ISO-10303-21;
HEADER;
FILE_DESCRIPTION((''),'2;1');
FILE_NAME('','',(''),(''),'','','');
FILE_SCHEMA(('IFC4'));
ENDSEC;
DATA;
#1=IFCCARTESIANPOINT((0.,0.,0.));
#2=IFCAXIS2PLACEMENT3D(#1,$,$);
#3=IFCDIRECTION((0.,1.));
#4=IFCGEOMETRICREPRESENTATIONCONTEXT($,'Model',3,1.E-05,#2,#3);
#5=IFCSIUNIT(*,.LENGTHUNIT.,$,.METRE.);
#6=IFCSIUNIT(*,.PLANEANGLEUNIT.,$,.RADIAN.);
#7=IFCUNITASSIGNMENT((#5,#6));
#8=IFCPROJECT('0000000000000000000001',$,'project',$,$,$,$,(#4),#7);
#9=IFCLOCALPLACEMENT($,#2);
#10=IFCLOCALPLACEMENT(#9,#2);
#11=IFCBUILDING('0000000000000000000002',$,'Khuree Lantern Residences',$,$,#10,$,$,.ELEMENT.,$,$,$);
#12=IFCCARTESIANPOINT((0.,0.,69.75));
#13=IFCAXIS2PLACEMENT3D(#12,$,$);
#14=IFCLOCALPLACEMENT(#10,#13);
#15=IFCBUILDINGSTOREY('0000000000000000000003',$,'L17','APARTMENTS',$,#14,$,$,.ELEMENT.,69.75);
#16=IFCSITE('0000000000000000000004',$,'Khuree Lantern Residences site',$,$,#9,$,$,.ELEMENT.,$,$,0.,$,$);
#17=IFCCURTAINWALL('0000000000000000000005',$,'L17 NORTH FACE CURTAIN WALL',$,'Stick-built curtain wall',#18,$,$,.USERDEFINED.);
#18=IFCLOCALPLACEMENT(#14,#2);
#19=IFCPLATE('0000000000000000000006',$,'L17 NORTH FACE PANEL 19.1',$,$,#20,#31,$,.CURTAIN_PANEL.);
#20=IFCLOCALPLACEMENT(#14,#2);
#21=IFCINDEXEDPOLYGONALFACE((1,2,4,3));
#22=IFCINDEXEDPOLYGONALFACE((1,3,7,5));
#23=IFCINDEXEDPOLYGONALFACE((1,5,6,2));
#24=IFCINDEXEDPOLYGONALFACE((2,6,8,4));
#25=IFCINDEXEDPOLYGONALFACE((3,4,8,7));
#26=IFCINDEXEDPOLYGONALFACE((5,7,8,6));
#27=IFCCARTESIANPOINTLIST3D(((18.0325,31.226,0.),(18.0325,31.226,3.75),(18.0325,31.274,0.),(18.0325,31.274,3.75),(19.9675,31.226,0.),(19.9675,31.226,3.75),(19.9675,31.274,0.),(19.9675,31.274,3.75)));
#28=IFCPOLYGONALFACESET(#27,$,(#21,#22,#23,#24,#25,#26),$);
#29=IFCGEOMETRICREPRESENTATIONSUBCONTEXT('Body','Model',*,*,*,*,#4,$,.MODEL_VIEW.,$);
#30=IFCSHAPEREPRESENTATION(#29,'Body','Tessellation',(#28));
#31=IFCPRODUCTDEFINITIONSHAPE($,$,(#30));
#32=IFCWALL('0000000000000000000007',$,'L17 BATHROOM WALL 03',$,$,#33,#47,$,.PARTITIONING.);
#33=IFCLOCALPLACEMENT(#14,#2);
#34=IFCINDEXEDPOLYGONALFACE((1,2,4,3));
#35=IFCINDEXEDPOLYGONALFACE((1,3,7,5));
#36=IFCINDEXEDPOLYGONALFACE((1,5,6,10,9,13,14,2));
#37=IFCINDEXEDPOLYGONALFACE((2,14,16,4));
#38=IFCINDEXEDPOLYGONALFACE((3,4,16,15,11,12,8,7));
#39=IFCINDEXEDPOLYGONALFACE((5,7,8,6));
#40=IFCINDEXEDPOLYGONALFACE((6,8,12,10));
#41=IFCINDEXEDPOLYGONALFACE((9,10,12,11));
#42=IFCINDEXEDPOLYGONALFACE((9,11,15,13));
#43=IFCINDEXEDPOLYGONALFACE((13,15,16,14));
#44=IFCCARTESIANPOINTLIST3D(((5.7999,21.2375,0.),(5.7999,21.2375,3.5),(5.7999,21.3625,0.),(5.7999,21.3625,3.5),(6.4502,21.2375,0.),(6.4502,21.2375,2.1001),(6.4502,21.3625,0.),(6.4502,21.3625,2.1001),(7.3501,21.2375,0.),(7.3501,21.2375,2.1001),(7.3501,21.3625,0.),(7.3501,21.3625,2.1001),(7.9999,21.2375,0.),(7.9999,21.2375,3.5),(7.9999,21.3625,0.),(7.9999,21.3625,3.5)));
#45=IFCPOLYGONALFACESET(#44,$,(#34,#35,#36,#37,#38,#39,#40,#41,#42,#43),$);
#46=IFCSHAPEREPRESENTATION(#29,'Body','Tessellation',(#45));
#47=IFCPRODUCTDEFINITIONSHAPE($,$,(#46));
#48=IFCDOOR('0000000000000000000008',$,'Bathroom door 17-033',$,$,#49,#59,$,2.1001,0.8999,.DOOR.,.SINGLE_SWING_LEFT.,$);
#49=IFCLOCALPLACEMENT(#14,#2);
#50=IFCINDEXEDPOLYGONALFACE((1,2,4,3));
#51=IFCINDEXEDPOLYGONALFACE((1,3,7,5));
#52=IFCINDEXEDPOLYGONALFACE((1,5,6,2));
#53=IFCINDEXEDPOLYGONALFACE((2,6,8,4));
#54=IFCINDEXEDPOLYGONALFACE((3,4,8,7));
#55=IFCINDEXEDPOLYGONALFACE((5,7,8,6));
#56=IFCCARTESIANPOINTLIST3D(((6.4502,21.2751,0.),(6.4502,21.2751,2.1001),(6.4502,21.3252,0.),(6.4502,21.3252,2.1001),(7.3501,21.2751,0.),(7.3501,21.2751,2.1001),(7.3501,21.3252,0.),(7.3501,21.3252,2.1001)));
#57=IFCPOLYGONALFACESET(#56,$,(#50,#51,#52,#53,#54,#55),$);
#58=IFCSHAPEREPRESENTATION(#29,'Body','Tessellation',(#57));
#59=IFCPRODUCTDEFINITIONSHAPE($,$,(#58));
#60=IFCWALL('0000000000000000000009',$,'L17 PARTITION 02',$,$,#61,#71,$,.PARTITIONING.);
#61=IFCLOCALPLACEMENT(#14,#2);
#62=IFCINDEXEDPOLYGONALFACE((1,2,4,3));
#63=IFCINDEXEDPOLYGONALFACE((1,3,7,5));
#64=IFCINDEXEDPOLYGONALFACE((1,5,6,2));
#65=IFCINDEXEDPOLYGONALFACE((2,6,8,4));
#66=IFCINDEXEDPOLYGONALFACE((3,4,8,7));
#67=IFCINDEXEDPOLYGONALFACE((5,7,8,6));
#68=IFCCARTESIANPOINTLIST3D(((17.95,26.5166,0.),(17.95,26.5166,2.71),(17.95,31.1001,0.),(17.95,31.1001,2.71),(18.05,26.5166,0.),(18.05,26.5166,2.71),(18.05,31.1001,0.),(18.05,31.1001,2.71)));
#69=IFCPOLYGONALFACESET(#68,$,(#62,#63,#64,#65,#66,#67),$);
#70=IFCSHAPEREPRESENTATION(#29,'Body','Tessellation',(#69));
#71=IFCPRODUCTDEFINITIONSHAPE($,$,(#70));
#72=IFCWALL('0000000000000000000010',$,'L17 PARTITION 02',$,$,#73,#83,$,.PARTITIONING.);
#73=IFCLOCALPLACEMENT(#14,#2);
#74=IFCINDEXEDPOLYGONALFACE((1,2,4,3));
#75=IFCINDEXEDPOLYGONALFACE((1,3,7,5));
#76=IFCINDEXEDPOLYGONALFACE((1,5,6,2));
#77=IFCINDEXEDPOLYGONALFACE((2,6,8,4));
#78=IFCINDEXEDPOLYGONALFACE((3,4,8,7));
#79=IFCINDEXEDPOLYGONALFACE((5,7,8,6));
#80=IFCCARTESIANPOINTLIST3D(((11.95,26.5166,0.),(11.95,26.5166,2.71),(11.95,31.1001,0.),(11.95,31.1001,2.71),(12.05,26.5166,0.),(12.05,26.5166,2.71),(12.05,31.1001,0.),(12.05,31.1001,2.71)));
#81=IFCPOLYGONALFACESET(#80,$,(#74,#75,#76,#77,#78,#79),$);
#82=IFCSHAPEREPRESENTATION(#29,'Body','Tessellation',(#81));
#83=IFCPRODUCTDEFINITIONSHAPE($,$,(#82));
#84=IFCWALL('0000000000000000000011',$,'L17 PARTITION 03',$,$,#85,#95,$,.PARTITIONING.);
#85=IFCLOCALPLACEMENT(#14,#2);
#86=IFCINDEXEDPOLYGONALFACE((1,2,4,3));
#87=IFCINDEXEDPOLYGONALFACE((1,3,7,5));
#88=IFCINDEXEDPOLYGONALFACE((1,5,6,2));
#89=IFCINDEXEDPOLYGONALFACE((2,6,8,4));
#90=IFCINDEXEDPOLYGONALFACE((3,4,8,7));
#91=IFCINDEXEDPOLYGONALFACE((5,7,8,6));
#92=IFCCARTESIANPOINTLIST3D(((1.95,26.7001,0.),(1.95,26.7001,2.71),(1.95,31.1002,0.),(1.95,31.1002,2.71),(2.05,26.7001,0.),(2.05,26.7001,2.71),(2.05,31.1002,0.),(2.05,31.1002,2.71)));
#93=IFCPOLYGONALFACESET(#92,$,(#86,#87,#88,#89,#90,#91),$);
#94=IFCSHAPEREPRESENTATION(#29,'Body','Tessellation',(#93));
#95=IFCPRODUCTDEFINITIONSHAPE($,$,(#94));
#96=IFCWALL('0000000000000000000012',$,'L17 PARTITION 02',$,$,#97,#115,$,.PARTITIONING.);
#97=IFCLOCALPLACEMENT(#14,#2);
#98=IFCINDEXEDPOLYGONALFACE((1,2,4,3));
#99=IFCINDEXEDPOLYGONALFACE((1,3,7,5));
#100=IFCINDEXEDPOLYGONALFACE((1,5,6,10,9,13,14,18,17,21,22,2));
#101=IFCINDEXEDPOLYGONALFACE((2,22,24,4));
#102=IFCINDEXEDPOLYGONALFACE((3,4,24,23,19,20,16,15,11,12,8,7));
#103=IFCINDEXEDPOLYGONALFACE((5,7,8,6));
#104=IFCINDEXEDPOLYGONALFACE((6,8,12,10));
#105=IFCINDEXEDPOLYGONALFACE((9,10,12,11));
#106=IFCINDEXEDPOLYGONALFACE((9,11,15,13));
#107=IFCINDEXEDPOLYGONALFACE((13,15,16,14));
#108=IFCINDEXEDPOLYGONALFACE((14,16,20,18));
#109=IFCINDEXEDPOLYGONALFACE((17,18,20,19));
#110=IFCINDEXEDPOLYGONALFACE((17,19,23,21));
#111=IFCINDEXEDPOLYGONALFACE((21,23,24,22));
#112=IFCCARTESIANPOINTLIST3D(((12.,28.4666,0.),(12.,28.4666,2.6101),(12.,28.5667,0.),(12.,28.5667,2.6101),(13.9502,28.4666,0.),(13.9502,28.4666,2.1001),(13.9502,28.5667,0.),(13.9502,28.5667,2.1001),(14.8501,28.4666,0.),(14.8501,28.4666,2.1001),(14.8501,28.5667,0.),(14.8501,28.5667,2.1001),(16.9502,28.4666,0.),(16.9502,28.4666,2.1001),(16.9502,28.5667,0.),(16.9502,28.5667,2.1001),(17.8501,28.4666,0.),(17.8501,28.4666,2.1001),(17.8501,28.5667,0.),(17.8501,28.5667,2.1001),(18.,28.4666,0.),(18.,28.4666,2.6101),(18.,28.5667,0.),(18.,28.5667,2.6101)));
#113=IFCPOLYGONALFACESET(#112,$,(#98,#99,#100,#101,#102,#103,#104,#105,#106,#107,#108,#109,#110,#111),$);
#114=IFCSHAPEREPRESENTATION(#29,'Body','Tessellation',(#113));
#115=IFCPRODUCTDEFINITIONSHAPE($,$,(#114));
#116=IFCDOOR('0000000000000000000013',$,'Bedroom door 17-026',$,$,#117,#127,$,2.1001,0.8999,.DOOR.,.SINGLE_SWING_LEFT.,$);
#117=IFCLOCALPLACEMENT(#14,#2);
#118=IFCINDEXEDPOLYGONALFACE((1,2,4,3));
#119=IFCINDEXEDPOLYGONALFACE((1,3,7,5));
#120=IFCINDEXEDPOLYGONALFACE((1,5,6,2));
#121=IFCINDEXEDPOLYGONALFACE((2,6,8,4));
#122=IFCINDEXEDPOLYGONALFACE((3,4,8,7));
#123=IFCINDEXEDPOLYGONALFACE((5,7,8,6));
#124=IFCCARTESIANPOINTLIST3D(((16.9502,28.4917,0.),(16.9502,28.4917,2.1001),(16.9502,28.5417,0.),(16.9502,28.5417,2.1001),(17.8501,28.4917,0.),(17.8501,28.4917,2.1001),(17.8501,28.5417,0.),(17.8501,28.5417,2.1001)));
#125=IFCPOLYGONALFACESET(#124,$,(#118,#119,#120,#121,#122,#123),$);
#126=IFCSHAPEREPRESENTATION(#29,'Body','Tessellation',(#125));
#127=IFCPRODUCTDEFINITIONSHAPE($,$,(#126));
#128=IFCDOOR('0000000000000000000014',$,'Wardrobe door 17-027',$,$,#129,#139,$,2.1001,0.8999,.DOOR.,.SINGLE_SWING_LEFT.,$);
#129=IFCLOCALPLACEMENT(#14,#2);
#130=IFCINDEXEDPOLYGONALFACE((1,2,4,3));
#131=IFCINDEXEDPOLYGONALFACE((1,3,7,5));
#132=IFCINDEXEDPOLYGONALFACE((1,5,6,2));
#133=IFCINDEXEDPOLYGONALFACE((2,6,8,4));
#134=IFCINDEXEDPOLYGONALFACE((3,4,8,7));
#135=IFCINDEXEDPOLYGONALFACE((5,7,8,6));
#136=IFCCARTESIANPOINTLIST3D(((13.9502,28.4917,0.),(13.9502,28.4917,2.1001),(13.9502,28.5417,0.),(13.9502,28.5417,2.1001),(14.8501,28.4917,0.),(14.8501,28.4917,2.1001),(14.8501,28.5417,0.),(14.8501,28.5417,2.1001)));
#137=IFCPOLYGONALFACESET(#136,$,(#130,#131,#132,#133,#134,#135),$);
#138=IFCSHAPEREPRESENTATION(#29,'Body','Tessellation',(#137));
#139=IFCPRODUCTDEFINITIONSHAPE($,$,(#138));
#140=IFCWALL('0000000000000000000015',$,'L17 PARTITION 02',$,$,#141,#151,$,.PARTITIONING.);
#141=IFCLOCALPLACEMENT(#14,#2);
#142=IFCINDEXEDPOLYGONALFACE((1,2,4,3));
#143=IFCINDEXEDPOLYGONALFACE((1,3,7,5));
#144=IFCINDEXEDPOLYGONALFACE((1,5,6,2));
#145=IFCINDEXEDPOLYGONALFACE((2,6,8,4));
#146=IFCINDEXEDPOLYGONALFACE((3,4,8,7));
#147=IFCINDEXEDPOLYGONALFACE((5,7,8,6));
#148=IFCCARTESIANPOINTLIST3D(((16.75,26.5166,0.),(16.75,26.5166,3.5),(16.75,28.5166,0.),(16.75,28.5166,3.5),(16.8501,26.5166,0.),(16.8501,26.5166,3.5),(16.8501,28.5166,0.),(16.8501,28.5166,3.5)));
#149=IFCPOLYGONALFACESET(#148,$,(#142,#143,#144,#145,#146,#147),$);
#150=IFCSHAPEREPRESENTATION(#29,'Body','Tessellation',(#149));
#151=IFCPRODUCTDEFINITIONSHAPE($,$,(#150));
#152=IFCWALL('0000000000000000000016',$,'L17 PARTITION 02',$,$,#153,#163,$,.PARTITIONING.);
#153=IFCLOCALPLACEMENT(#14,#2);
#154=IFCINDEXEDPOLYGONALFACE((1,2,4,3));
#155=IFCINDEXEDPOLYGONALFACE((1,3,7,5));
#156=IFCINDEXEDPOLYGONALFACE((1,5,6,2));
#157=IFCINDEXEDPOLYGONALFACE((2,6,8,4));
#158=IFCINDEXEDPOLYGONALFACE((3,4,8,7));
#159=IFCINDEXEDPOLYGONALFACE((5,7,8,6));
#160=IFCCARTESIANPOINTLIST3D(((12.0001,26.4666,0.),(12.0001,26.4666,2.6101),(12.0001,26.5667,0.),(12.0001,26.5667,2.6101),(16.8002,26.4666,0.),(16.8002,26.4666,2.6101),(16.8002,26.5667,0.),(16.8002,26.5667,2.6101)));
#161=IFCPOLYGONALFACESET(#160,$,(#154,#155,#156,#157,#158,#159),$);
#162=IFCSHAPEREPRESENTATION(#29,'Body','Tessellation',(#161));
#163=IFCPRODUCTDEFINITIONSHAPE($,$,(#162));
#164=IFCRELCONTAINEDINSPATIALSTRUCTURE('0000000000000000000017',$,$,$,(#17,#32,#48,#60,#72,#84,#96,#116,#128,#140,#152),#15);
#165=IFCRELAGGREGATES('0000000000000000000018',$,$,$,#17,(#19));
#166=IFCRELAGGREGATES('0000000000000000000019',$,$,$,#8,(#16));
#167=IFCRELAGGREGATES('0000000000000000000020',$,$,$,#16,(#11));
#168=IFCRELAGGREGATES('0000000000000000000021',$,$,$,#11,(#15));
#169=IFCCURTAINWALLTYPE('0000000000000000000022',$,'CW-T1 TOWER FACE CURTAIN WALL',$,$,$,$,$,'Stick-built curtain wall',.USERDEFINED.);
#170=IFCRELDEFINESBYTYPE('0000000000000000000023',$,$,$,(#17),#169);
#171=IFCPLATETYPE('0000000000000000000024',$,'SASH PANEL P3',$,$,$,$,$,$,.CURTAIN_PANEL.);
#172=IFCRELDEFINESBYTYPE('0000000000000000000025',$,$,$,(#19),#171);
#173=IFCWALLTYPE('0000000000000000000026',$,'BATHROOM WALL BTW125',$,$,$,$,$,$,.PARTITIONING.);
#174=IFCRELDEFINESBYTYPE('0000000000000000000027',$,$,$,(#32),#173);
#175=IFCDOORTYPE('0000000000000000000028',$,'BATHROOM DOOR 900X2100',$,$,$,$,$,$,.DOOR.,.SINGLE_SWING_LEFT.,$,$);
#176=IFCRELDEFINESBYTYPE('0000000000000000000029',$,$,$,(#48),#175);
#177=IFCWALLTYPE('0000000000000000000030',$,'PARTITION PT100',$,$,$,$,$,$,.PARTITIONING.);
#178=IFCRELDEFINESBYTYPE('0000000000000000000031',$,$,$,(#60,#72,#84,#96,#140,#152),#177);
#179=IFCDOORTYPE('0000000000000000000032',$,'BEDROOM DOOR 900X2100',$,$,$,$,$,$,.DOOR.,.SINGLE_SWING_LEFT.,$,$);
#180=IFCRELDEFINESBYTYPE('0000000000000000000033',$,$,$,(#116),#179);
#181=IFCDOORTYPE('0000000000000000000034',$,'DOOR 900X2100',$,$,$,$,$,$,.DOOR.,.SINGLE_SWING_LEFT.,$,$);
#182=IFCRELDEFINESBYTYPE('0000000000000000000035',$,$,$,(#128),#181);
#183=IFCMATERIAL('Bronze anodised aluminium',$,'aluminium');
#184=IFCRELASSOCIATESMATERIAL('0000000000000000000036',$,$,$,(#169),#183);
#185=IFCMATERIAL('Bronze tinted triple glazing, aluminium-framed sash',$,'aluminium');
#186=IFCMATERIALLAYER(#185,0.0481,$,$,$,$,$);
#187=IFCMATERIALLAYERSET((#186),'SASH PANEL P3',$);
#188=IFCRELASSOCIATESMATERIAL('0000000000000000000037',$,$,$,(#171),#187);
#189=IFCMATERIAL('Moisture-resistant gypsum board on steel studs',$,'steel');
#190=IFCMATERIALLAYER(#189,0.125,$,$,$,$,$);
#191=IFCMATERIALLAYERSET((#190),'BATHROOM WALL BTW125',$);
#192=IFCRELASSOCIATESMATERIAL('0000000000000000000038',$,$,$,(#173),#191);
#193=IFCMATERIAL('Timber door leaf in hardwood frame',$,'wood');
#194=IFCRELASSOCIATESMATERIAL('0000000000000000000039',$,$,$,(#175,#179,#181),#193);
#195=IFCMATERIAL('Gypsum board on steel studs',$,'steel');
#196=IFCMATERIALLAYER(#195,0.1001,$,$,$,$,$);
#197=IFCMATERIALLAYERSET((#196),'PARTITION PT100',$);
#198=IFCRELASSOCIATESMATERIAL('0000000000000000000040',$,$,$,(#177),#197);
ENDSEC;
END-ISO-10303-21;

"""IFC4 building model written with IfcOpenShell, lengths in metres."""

from ifc_helpers import new_model, si_unit, direction, frame, frame_2d, origin, origin_2d, place, context, subcontext, project, spatial, rectangle, extrude, material, layer, layer_set, type_object, element, fill, aggregate, save


model = new_model("IFC4")

# Units and contexts
model_context = context("Model", 3, precision=1e-05, world=origin(), true_north=direction((0.0, 1.0)))
body_context = subcontext(model_context, "Body", "Model", "MODEL_VIEW")
ifc_project = project(units=[si_unit("LENGTHUNIT", "METRE"), si_unit("PLANEANGLEUNIT", "RADIAN")], contexts=[model_context])

# Site, building, storey
site_placement = place(None, origin())
site = spatial("IfcSite", under=ifc_project, at=site_placement, Name="Khuree Lantern Residences site", CompositionType="ELEMENT", RefElevation=0.0)
building_placement = place(site_placement, origin())
building = spatial("IfcBuilding", under=site, at=building_placement, Name="Khuree Lantern Residences", CompositionType="ELEMENT")
storey_placement = place(building_placement, frame((0.0, 0.0, 69.75)))
storey = spatial("IfcBuildingStorey", under=building, at=storey_placement, Name="L17", Description="APARTMENTS", CompositionType="ELEMENT", Elevation=69.75)

# Curtain wall
ifc_material_1 = material(Name="Bronze anodised aluminium", Category="aluminium")
curtain_wall_type = type_object("IfcCurtainWallType", Name="CW-T1 TOWER FACE CURTAIN WALL", ElementType="Stick-built curtain wall", PredefinedType="USERDEFINED", material=ifc_material_1)
curtain_wall_placement = place(storey_placement, origin())
curtain_wall = element("IfcCurtainWall", 1, at=curtain_wall_placement, inside=storey, type_object=curtain_wall_type, Name="L17 NORTH FACE CURTAIN WALL", ObjectType="Stick-built curtain wall", PredefinedType="USERDEFINED")

# Plate
ifc_material_2 = material(Name="Bronze tinted triple glazing, aluminium-framed sash", Category="aluminium")
ifc_layer_1 = layer(ifc_material_2, 0.0481)
ifc_layer_set_1 = layer_set([ifc_layer_1], Name="SASH PANEL P3")
plate_type_1 = type_object("IfcPlateType", Name="SASH PANEL P3", PredefinedType="CURTAIN_PANEL", material=ifc_layer_set_1)
plate_1_placement = place(storey_placement, frame((19.0, 31.25, 0.0), z_axis=(0.0, 0.0, 1.0), x_axis=(-1.0, 0.0, 0.0)))
plate_1 = element("IfcPlate", 2, at=plate_1_placement, type_object=plate_type_1, Name="L17 NORTH FACE PANEL 19.1", PredefinedType="CURTAIN_PANEL", context=body_context, shape_type="SweptSolid", body=[
    extrude(rectangle(XDim=1.9351, YDim=0.0481, at=origin_2d()), origin(), (0.0, 0.0, 1.0), 3.75),
])
aggregate(curtain_wall, [plate_1])

# Wall, opening, door
ifc_material_3 = material(Name="Moisture-resistant gypsum board on steel studs", Category="steel")
ifc_layer_2 = layer(ifc_material_3, 0.125)
ifc_layer_set_2 = layer_set([ifc_layer_2], Name="BATHROOM WALL BTW125")
wall_type_1 = type_object("IfcWallType", Name="BATHROOM WALL BTW125", PredefinedType="PARTITIONING", material=ifc_layer_set_2)
wall_1_placement = place(storey_placement, frame((8.0, 21.3, 0.0), z_axis=(0.0, 0.0, 1.0), x_axis=(-1.0, 0.0, 0.0)))
wall_1 = element("IfcWall", 3, at=wall_1_placement, inside=storey, type_object=wall_type_1, Name="L17 BATHROOM WALL 03", PredefinedType="PARTITIONING", context=body_context, shape_type="SweptSolid", body=[
    extrude(rectangle(XDim=2.2, YDim=0.125, at=frame_2d((1.1001, 0.0))), origin(), (0.0, 0.0, 1.0), 3.5),
])
opening_1_placement = place(wall_1_placement, frame((0.6499, 0.0, 0.0)))
opening_1 = element("IfcOpeningElement", 4, at=opening_1_placement, cuts=wall_1, PredefinedType="OPENING", context=body_context, shape_type="SweptSolid", body=[
    extrude(rectangle(XDim=0.8999, YDim=2.1001, at=frame_2d((0.45, 1.05))), frame((0.0, 0.0725, 0.0), z_axis=(0.0, -1.0, 0.0), x_axis=(1.0, 0.0, 0.0)), (0.0, 0.0, 1.0), 0.145),
])
ifc_material_4 = material(Name="Timber door leaf in hardwood frame", Category="wood")
door_type_1 = type_object("IfcDoorType", Name="BATHROOM DOOR 900X2100", OperationType="SINGLE_SWING_LEFT", PredefinedType="DOOR", material=ifc_material_4)
door_1_placement = place(opening_1_placement, origin())
door_1 = element("IfcDoor", 5, at=door_1_placement, inside=storey, type_object=door_type_1, Name="Bathroom door 17-033", OperationType="SINGLE_SWING_LEFT", OverallHeight=2.1001, OverallWidth=0.8999, PredefinedType="DOOR", context=body_context, shape_type="SweptSolid", body=[
    extrude(rectangle(XDim=0.8999, YDim=2.1001, at=frame_2d((0.45, 1.05))), frame((0.0, 0.0249, 0.0), z_axis=(0.0, -1.0, 0.0), x_axis=(1.0, 0.0, 0.0)), (0.0, 0.0, 1.0), 0.05),
])
fill(opening_1, door_1)

# Walls
ifc_material_5 = material(Name="Gypsum board on steel studs", Category="steel")
ifc_layer_3 = layer(ifc_material_5, 0.1001)
ifc_layer_set_3 = layer_set([ifc_layer_3], Name="PARTITION PT100")
wall_type_2 = type_object("IfcWallType", Name="PARTITION PT100", PredefinedType="PARTITIONING", material=ifc_layer_set_3)
for number, where, z_axis, x_axis, name in (
    (6, (18.0, 26.5166, 0.0), (0.0, 0.0, 1.0), (0.0, 1.0, 0.0), "L17 PARTITION 02"),
    (7, (12.0, 26.5166, 0.0), (0.0, 0.0, 1.0), (0.0, 1.0, 0.0), "L17 PARTITION 02"),
):
    element("IfcWall", number, at=place(storey_placement, frame(where, z_axis=z_axis, x_axis=x_axis)), inside=storey, type_object=wall_type_2, Name=name, PredefinedType="PARTITIONING", context=body_context, shape_type="SweptSolid", body=[
        extrude(rectangle(XDim=4.5835, YDim=0.1001, at=frame_2d((2.2917, 0.0))), origin(), (0.0, 0.0, 1.0), 2.71),
    ])
wall_2_placement = place(storey_placement, frame((2.0, 26.7, 0.0), z_axis=(0.0, 0.0, 1.0), x_axis=(0.0, 1.0, 0.0)))
element("IfcWall", 8, at=wall_2_placement, inside=storey, type_object=wall_type_2, Name="L17 PARTITION 03", PredefinedType="PARTITIONING", context=body_context, shape_type="SweptSolid", body=[
    extrude(rectangle(XDim=4.4001, YDim=0.1001, at=frame_2d((2.2002, 0.0))), origin(), (0.0, 0.0, 1.0), 2.71),
])

# Wall, openings, doors
wall_3_placement = place(storey_placement, frame((18.0, 28.5166, 0.0), z_axis=(0.0, 0.0, 1.0), x_axis=(-1.0, 0.0, 0.0)))
wall_3 = element("IfcWall", 9, at=wall_3_placement, inside=storey, type_object=wall_type_2, Name="L17 PARTITION 02", PredefinedType="PARTITIONING", context=body_context, shape_type="SweptSolid", body=[
    extrude(rectangle(XDim=6.0, YDim=0.1001, at=frame_2d((3.0, 0.0))), origin(), (0.0, 0.0, 1.0), 2.6101),
])
opening_2_placement = place(wall_3_placement, frame((0.1499, 0.0, 0.0)))
opening_2 = element("IfcOpeningElement", 10, at=opening_2_placement, cuts=wall_3, PredefinedType="OPENING", context=body_context, shape_type="SweptSolid", body=[
    extrude(rectangle(XDim=0.8999, YDim=2.1001, at=frame_2d((0.45, 1.05))), frame((0.0, 0.0601, 0.0), z_axis=(0.0, -1.0, 0.0), x_axis=(1.0, 0.0, 0.0)), (0.0, 0.0, 1.0), 0.1201),
])
opening_3_placement = place(wall_3_placement, frame((3.1499, 0.0, 0.0)))
opening_3 = element("IfcOpeningElement", 11, at=opening_3_placement, cuts=wall_3, PredefinedType="OPENING", context=body_context, shape_type="SweptSolid", body=[
    extrude(rectangle(XDim=0.8999, YDim=2.1001, at=frame_2d((0.45, 1.05))), frame((0.0, 0.0601, 0.0), z_axis=(0.0, -1.0, 0.0), x_axis=(1.0, 0.0, 0.0)), (0.0, 0.0, 1.0), 0.1201),
])
door_type_2 = type_object("IfcDoorType", Name="BEDROOM DOOR 900X2100", OperationType="SINGLE_SWING_LEFT", PredefinedType="DOOR", material=ifc_material_4)
door_2_placement = place(opening_2_placement, origin())
door_2 = element("IfcDoor", 12, at=door_2_placement, inside=storey, type_object=door_type_2, Name="Bedroom door 17-026", OperationType="SINGLE_SWING_LEFT", OverallHeight=2.1001, OverallWidth=0.8999, PredefinedType="DOOR", context=body_context, shape_type="SweptSolid", body=[
    extrude(rectangle(XDim=0.8999, YDim=2.1001, at=frame_2d((0.45, 1.05))), frame((0.0, 0.0249, 0.0), z_axis=(0.0, -1.0, 0.0), x_axis=(1.0, 0.0, 0.0)), (0.0, 0.0, 1.0), 0.05),
])
fill(opening_2, door_2)
door_type_3 = type_object("IfcDoorType", Name="DOOR 900X2100", OperationType="SINGLE_SWING_LEFT", PredefinedType="DOOR", material=ifc_material_4)
door_3_placement = place(opening_3_placement, origin())
door_3 = element("IfcDoor", 13, at=door_3_placement, inside=storey, type_object=door_type_3, Name="Wardrobe door 17-027", OperationType="SINGLE_SWING_LEFT", OverallHeight=2.1001, OverallWidth=0.8999, PredefinedType="DOOR", context=body_context, shape_type="SweptSolid", body=[
    extrude(rectangle(XDim=0.8999, YDim=2.1001, at=frame_2d((0.45, 1.05))), frame((0.0, 0.0249, 0.0), z_axis=(0.0, -1.0, 0.0), x_axis=(1.0, 0.0, 0.0)), (0.0, 0.0, 1.0), 0.05),
])
fill(opening_3, door_3)

# Walls
wall_4_placement = place(storey_placement, frame((16.8, 26.5166, 0.0), z_axis=(0.0, 0.0, 1.0), x_axis=(0.0, 1.0, 0.0)))
element("IfcWall", 14, at=wall_4_placement, inside=storey, type_object=wall_type_2, Name="L17 PARTITION 02", PredefinedType="PARTITIONING", context=body_context, shape_type="SweptSolid", body=[
    extrude(rectangle(XDim=2.0, YDim=0.1001, at=frame_2d((1.0, 0.0))), origin(), (0.0, 0.0, 1.0), 3.5),
])
wall_5_placement = place(storey_placement, frame((16.8, 26.5166, 0.0), z_axis=(0.0, 0.0, 1.0), x_axis=(-1.0, 0.0, 0.0)))
element("IfcWall", 15, at=wall_5_placement, inside=storey, type_object=wall_type_2, Name="L17 PARTITION 02", PredefinedType="PARTITIONING", context=body_context, shape_type="SweptSolid", body=[
    extrude(rectangle(XDim=4.8, YDim=0.1001, at=frame_2d((2.3999, 0.0))), origin(), (0.0, 0.0, 1.0), 2.6101),
])

save(model, "model.ifc")
